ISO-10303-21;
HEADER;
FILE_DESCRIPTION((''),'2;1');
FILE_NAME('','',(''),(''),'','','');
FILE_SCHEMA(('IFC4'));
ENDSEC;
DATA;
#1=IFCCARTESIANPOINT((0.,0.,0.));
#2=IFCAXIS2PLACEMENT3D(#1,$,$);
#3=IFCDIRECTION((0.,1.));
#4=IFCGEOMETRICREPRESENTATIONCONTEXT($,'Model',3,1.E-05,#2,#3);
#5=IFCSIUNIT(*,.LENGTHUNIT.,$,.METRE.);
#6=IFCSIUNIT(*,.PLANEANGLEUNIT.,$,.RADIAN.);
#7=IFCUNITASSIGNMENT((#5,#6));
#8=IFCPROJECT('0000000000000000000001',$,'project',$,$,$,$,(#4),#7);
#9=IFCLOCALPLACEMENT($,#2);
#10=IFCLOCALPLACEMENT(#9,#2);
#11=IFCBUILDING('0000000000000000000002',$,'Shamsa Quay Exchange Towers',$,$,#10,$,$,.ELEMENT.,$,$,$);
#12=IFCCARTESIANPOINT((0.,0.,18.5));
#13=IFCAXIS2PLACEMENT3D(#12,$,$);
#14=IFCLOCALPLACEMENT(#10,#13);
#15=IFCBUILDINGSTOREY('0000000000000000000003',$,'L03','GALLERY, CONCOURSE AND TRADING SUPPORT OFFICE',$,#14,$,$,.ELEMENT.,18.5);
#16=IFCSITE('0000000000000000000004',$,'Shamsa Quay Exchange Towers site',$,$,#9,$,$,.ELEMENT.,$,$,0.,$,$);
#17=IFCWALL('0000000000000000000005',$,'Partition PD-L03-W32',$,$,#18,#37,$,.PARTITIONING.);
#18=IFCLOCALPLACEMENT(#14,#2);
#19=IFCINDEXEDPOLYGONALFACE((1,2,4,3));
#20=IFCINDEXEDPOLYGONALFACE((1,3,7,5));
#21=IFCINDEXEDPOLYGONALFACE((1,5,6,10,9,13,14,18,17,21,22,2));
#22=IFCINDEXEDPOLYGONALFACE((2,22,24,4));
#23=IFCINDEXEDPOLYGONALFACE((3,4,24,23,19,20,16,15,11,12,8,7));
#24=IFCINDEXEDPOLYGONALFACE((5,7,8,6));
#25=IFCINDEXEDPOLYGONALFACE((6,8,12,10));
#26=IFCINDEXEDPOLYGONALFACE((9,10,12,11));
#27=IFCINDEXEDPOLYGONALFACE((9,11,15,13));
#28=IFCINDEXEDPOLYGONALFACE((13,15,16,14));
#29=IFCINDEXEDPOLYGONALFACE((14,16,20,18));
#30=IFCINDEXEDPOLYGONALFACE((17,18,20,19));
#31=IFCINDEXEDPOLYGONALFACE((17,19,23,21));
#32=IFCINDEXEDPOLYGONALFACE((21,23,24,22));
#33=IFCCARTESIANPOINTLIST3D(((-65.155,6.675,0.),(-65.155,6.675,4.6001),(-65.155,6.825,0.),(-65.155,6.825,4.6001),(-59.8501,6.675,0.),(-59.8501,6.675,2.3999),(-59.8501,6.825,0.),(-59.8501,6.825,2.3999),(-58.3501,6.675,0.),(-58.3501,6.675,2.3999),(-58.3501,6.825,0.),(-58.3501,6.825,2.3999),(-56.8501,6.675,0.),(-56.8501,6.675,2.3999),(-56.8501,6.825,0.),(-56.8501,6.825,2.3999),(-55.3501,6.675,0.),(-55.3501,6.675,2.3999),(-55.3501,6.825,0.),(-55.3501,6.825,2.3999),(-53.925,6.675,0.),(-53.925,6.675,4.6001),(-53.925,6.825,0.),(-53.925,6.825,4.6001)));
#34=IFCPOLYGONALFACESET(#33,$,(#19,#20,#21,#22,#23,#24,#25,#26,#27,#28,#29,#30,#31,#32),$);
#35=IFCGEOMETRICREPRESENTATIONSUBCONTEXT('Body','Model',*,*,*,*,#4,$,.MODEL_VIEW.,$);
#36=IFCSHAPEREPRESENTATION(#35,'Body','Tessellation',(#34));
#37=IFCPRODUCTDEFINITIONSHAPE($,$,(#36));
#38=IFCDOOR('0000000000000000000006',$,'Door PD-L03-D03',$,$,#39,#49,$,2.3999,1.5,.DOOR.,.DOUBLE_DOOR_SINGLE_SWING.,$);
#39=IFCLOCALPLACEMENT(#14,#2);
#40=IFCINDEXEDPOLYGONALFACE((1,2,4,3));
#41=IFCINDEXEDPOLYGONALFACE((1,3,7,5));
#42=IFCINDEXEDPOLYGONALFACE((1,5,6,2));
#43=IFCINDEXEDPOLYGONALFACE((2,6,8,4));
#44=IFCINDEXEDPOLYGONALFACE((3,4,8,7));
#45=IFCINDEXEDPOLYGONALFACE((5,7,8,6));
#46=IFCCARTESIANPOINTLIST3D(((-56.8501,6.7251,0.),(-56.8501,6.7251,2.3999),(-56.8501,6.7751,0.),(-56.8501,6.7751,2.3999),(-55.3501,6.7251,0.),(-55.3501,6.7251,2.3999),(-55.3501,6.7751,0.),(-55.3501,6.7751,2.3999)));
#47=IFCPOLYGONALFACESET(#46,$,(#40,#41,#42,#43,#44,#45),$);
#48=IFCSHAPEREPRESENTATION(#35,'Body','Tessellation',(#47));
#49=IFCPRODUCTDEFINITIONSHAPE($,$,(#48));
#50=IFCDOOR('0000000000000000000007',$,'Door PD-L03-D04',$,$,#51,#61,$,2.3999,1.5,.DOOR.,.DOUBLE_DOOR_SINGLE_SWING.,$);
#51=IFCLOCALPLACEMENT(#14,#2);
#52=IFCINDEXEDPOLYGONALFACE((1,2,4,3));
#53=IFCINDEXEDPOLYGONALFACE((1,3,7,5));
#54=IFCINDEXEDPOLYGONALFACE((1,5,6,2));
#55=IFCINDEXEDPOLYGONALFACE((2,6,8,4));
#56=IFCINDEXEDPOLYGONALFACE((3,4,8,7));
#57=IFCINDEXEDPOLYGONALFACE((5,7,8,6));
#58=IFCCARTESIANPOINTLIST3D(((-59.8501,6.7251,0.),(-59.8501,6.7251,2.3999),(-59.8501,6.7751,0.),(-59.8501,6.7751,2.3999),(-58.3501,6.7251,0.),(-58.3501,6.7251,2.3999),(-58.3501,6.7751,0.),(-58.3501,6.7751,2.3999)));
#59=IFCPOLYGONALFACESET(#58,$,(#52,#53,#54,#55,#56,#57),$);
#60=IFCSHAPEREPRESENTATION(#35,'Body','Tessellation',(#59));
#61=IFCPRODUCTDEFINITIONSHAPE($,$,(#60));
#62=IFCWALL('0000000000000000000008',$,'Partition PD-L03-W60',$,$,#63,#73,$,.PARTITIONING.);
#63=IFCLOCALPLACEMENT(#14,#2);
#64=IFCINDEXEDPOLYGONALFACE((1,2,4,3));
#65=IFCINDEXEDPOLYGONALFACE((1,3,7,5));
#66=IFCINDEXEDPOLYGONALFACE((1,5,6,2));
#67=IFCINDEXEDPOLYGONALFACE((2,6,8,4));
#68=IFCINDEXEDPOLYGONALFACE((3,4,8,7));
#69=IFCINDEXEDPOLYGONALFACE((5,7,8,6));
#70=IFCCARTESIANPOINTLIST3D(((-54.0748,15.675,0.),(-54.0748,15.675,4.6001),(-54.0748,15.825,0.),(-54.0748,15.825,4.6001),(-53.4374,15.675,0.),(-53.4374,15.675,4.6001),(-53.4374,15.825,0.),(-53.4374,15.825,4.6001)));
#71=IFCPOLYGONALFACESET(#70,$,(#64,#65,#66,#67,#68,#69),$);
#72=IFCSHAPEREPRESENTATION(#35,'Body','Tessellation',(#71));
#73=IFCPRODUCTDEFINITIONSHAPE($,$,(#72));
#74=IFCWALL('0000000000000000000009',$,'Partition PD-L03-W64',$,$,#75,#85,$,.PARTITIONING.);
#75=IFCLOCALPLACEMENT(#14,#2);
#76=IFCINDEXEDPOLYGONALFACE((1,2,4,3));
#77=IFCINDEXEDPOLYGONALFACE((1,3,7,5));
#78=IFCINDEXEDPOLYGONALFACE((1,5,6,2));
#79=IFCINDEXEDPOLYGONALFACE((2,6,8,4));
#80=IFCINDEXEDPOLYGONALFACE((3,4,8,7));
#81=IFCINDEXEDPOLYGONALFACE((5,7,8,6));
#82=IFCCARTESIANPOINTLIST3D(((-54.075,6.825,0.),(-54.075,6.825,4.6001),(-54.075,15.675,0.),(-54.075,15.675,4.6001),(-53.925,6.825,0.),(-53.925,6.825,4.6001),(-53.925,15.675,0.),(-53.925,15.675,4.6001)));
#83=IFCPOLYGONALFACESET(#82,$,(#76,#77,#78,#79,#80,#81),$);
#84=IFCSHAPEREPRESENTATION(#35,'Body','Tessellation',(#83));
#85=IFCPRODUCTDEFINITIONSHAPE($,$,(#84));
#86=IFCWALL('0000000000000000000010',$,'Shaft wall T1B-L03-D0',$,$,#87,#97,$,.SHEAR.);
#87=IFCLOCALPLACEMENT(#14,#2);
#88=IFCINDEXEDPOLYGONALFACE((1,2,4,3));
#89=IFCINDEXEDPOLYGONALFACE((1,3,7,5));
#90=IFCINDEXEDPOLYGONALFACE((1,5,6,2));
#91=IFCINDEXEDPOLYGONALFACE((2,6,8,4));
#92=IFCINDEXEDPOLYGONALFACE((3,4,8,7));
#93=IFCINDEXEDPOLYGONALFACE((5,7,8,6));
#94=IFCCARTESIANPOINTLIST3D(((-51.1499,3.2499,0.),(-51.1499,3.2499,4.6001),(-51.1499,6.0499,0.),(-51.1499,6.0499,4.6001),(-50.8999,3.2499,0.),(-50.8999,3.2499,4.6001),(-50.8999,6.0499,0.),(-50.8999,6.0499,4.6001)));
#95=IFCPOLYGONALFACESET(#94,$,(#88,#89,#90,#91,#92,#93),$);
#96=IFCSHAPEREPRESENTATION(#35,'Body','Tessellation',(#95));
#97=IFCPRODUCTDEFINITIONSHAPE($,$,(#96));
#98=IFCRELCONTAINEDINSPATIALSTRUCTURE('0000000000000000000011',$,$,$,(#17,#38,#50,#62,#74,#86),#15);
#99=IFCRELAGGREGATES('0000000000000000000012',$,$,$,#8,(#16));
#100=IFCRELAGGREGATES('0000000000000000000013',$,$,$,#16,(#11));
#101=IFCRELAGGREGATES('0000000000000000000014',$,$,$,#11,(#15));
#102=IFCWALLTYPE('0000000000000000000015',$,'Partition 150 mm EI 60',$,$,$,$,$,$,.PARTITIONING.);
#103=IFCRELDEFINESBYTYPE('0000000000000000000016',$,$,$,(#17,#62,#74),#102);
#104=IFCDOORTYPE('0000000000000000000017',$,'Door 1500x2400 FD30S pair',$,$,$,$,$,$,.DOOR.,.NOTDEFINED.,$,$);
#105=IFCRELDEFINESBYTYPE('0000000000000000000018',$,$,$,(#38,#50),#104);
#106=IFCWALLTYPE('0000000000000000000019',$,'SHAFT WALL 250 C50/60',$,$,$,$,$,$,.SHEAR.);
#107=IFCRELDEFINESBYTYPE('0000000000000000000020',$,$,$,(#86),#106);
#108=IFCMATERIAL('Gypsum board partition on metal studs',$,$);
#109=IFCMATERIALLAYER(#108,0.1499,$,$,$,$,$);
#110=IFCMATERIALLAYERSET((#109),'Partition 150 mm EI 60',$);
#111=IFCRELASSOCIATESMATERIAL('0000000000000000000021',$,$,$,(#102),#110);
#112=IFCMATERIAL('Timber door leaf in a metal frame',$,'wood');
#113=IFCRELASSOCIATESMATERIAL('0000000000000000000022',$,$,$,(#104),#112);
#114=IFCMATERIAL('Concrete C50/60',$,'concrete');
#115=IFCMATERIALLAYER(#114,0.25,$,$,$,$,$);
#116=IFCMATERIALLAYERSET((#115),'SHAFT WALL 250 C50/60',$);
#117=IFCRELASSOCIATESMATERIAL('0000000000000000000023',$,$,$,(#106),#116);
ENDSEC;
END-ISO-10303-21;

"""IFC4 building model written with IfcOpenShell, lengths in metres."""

from ifc_helpers import new_model, si_unit, direction, frame, frame_2d, origin, place, context, subcontext, project, spatial, rectangle, extrude, material, layer, layer_set, type_object, element, fill, save


model = new_model("IFC4")

# Units and contexts
model_context = context("Model", 3, precision=1e-05, world=origin(), true_north=direction((0.0, 1.0)))
body_context = subcontext(model_context, "Body", "Model", "MODEL_VIEW")
ifc_project = project(units=[si_unit("LENGTHUNIT", "METRE"), si_unit("PLANEANGLEUNIT", "RADIAN")], contexts=[model_context])

# Site, building, storey
site_placement = place(None, origin())
site = spatial("IfcSite", under=ifc_project, at=site_placement, Name="Shamsa Quay Exchange Towers site", CompositionType="ELEMENT", RefElevation=0.0)
building_placement = place(site_placement, origin())
building = spatial("IfcBuilding", under=site, at=building_placement, Name="Shamsa Quay Exchange Towers", CompositionType="ELEMENT")
storey_placement = place(building_placement, frame((0.0, 0.0, 18.5)))
storey = spatial("IfcBuildingStorey", under=building, at=storey_placement, Name="L03", Description="GALLERY, CONCOURSE AND TRADING SUPPORT OFFICE", CompositionType="ELEMENT", Elevation=18.5)

# Wall, openings, doors
ifc_material_1 = material(Name="Gypsum board partition on metal studs")
ifc_layer_1 = layer(ifc_material_1, 0.1499)
ifc_layer_set_1 = layer_set([ifc_layer_1], Name="Partition 150 mm EI 60")
wall_type_1 = type_object("IfcWallType", Name="Partition 150 mm EI 60", PredefinedType="PARTITIONING", material=ifc_layer_set_1)
wall_1_placement = place(storey_placement, frame((-53.925, 6.75, 0.0), z_axis=(0.0, 0.0, 1.0), x_axis=(-1.0, 0.0, 0.0)))
wall_1 = element("IfcWall", 1, at=wall_1_placement, inside=storey, type_object=wall_type_1, Name="Partition PD-L03-W32", PredefinedType="PARTITIONING", context=body_context, shape_type="SweptSolid", body=[
    extrude(rectangle(XDim=11.23, YDim=0.1499, at=frame_2d((5.615, 0.0))), origin(), (0.0, 0.0, 1.0), 4.6001),
])
opening_1_placement = place(wall_1_placement, frame((1.425, 0.0, 0.0)))
opening_1 = element("IfcOpeningElement", 2, at=opening_1_placement, cuts=wall_1, PredefinedType="OPENING", context=body_context, shape_type="SweptSolid", body=[
    extrude(rectangle(XDim=1.5, YDim=2.3999, at=frame_2d((0.75, 1.2))), frame((0.0, 0.085, 0.0), z_axis=(0.0, -1.0, 0.0), x_axis=(1.0, 0.0, 0.0)), (0.0, 0.0, 1.0), 0.1699),
])
opening_2_placement = place(wall_1_placement, frame((4.425, 0.0, 0.0)))
opening_2 = element("IfcOpeningElement", 3, at=opening_2_placement, cuts=wall_1, PredefinedType="OPENING", context=body_context, shape_type="SweptSolid", body=[
    extrude(rectangle(XDim=1.5, YDim=2.3999, at=frame_2d((0.75, 1.2))), frame((0.0, 0.085, 0.0), z_axis=(0.0, -1.0, 0.0), x_axis=(1.0, 0.0, 0.0)), (0.0, 0.0, 1.0), 0.1699),
])
ifc_material_2 = material(Name="Timber door leaf in a metal frame", Category="wood")
door_type = type_object("IfcDoorType", Name="Door 1500x2400 FD30S pair", OperationType="NOTDEFINED", PredefinedType="DOOR", material=ifc_material_2)
door_1_placement = place(opening_1_placement, origin())
door_1 = element("IfcDoor", 4, at=door_1_placement, inside=storey, type_object=door_type, Name="Door PD-L03-D03", OperationType="DOUBLE_DOOR_SINGLE_SWING", OverallHeight=2.3999, OverallWidth=1.5, PredefinedType="DOOR", context=body_context, shape_type="SweptSolid", body=[
    extrude(rectangle(XDim=1.5, YDim=2.3999, at=frame_2d((0.75, 1.2))), frame((0.0, 0.0249, 0.0), z_axis=(0.0, -1.0, 0.0), x_axis=(1.0, 0.0, 0.0)), (0.0, 0.0, 1.0), 0.05),
])
fill(opening_1, door_1)
door_2_placement = place(opening_2_placement, origin())
door_2 = element("IfcDoor", 5, at=door_2_placement, inside=storey, type_object=door_type, Name="Door PD-L03-D04", OperationType="DOUBLE_DOOR_SINGLE_SWING", OverallHeight=2.3999, OverallWidth=1.5, PredefinedType="DOOR", context=body_context, shape_type="SweptSolid", body=[
    extrude(rectangle(XDim=1.5, YDim=2.3999, at=frame_2d((0.75, 1.2))), frame((0.0, 0.0249, 0.0), z_axis=(0.0, -1.0, 0.0), x_axis=(1.0, 0.0, 0.0)), (0.0, 0.0, 1.0), 0.05),
])
fill(opening_2, door_2)

# Walls
wall_2_placement = place(storey_placement, frame((-54.075, 15.75, 0.0)))
element("IfcWall", 6, at=wall_2_placement, inside=storey, type_object=wall_type_1, Name="Partition PD-L03-W60", PredefinedType="PARTITIONING", context=body_context, shape_type="SweptSolid", body=[
    extrude(rectangle(XDim=0.6375, YDim=0.1499, at=frame_2d((0.3188, 0.0))), origin(), (0.0, 0.0, 1.0), 4.6001),
])
wall_3_placement = place(storey_placement, frame((-54.0, 6.825, 0.0), z_axis=(0.0, 0.0, 1.0), x_axis=(0.0, 1.0, 0.0)))
element("IfcWall", 7, at=wall_3_placement, inside=storey, type_object=wall_type_1, Name="Partition PD-L03-W64", PredefinedType="PARTITIONING", context=body_context, shape_type="SweptSolid", body=[
    extrude(rectangle(XDim=8.8501, YDim=0.1499, at=frame_2d((4.425, 0.0))), origin(), (0.0, 0.0, 1.0), 4.6001),
])
ifc_material_3 = material(Name="Concrete C50/60", Category="concrete")
ifc_layer_2 = layer(ifc_material_3, 0.25)
ifc_layer_set_2 = layer_set([ifc_layer_2], Name="SHAFT WALL 250 C50/60")
wall_type_2 = type_object("IfcWallType", Name="SHAFT WALL 250 C50/60", PredefinedType="SHEAR", material=ifc_layer_set_2)
wall_4_placement = place(storey_placement, frame((-51.0249, 3.25, 0.0), z_axis=(0.0, 0.0, 1.0), x_axis=(0.0, 1.0, 0.0)))
element("IfcWall", 8, at=wall_4_placement, inside=storey, type_object=wall_type_2, Name="Shaft wall T1B-L03-D0", PredefinedType="SHEAR", context=body_context, shape_type="SweptSolid", body=[
    extrude(rectangle(XDim=2.8, YDim=0.25, at=frame_2d((1.3999, 0.0))), origin(), (0.0, 0.0, 1.0), 4.6001),
])

save(model, "model.ifc")
